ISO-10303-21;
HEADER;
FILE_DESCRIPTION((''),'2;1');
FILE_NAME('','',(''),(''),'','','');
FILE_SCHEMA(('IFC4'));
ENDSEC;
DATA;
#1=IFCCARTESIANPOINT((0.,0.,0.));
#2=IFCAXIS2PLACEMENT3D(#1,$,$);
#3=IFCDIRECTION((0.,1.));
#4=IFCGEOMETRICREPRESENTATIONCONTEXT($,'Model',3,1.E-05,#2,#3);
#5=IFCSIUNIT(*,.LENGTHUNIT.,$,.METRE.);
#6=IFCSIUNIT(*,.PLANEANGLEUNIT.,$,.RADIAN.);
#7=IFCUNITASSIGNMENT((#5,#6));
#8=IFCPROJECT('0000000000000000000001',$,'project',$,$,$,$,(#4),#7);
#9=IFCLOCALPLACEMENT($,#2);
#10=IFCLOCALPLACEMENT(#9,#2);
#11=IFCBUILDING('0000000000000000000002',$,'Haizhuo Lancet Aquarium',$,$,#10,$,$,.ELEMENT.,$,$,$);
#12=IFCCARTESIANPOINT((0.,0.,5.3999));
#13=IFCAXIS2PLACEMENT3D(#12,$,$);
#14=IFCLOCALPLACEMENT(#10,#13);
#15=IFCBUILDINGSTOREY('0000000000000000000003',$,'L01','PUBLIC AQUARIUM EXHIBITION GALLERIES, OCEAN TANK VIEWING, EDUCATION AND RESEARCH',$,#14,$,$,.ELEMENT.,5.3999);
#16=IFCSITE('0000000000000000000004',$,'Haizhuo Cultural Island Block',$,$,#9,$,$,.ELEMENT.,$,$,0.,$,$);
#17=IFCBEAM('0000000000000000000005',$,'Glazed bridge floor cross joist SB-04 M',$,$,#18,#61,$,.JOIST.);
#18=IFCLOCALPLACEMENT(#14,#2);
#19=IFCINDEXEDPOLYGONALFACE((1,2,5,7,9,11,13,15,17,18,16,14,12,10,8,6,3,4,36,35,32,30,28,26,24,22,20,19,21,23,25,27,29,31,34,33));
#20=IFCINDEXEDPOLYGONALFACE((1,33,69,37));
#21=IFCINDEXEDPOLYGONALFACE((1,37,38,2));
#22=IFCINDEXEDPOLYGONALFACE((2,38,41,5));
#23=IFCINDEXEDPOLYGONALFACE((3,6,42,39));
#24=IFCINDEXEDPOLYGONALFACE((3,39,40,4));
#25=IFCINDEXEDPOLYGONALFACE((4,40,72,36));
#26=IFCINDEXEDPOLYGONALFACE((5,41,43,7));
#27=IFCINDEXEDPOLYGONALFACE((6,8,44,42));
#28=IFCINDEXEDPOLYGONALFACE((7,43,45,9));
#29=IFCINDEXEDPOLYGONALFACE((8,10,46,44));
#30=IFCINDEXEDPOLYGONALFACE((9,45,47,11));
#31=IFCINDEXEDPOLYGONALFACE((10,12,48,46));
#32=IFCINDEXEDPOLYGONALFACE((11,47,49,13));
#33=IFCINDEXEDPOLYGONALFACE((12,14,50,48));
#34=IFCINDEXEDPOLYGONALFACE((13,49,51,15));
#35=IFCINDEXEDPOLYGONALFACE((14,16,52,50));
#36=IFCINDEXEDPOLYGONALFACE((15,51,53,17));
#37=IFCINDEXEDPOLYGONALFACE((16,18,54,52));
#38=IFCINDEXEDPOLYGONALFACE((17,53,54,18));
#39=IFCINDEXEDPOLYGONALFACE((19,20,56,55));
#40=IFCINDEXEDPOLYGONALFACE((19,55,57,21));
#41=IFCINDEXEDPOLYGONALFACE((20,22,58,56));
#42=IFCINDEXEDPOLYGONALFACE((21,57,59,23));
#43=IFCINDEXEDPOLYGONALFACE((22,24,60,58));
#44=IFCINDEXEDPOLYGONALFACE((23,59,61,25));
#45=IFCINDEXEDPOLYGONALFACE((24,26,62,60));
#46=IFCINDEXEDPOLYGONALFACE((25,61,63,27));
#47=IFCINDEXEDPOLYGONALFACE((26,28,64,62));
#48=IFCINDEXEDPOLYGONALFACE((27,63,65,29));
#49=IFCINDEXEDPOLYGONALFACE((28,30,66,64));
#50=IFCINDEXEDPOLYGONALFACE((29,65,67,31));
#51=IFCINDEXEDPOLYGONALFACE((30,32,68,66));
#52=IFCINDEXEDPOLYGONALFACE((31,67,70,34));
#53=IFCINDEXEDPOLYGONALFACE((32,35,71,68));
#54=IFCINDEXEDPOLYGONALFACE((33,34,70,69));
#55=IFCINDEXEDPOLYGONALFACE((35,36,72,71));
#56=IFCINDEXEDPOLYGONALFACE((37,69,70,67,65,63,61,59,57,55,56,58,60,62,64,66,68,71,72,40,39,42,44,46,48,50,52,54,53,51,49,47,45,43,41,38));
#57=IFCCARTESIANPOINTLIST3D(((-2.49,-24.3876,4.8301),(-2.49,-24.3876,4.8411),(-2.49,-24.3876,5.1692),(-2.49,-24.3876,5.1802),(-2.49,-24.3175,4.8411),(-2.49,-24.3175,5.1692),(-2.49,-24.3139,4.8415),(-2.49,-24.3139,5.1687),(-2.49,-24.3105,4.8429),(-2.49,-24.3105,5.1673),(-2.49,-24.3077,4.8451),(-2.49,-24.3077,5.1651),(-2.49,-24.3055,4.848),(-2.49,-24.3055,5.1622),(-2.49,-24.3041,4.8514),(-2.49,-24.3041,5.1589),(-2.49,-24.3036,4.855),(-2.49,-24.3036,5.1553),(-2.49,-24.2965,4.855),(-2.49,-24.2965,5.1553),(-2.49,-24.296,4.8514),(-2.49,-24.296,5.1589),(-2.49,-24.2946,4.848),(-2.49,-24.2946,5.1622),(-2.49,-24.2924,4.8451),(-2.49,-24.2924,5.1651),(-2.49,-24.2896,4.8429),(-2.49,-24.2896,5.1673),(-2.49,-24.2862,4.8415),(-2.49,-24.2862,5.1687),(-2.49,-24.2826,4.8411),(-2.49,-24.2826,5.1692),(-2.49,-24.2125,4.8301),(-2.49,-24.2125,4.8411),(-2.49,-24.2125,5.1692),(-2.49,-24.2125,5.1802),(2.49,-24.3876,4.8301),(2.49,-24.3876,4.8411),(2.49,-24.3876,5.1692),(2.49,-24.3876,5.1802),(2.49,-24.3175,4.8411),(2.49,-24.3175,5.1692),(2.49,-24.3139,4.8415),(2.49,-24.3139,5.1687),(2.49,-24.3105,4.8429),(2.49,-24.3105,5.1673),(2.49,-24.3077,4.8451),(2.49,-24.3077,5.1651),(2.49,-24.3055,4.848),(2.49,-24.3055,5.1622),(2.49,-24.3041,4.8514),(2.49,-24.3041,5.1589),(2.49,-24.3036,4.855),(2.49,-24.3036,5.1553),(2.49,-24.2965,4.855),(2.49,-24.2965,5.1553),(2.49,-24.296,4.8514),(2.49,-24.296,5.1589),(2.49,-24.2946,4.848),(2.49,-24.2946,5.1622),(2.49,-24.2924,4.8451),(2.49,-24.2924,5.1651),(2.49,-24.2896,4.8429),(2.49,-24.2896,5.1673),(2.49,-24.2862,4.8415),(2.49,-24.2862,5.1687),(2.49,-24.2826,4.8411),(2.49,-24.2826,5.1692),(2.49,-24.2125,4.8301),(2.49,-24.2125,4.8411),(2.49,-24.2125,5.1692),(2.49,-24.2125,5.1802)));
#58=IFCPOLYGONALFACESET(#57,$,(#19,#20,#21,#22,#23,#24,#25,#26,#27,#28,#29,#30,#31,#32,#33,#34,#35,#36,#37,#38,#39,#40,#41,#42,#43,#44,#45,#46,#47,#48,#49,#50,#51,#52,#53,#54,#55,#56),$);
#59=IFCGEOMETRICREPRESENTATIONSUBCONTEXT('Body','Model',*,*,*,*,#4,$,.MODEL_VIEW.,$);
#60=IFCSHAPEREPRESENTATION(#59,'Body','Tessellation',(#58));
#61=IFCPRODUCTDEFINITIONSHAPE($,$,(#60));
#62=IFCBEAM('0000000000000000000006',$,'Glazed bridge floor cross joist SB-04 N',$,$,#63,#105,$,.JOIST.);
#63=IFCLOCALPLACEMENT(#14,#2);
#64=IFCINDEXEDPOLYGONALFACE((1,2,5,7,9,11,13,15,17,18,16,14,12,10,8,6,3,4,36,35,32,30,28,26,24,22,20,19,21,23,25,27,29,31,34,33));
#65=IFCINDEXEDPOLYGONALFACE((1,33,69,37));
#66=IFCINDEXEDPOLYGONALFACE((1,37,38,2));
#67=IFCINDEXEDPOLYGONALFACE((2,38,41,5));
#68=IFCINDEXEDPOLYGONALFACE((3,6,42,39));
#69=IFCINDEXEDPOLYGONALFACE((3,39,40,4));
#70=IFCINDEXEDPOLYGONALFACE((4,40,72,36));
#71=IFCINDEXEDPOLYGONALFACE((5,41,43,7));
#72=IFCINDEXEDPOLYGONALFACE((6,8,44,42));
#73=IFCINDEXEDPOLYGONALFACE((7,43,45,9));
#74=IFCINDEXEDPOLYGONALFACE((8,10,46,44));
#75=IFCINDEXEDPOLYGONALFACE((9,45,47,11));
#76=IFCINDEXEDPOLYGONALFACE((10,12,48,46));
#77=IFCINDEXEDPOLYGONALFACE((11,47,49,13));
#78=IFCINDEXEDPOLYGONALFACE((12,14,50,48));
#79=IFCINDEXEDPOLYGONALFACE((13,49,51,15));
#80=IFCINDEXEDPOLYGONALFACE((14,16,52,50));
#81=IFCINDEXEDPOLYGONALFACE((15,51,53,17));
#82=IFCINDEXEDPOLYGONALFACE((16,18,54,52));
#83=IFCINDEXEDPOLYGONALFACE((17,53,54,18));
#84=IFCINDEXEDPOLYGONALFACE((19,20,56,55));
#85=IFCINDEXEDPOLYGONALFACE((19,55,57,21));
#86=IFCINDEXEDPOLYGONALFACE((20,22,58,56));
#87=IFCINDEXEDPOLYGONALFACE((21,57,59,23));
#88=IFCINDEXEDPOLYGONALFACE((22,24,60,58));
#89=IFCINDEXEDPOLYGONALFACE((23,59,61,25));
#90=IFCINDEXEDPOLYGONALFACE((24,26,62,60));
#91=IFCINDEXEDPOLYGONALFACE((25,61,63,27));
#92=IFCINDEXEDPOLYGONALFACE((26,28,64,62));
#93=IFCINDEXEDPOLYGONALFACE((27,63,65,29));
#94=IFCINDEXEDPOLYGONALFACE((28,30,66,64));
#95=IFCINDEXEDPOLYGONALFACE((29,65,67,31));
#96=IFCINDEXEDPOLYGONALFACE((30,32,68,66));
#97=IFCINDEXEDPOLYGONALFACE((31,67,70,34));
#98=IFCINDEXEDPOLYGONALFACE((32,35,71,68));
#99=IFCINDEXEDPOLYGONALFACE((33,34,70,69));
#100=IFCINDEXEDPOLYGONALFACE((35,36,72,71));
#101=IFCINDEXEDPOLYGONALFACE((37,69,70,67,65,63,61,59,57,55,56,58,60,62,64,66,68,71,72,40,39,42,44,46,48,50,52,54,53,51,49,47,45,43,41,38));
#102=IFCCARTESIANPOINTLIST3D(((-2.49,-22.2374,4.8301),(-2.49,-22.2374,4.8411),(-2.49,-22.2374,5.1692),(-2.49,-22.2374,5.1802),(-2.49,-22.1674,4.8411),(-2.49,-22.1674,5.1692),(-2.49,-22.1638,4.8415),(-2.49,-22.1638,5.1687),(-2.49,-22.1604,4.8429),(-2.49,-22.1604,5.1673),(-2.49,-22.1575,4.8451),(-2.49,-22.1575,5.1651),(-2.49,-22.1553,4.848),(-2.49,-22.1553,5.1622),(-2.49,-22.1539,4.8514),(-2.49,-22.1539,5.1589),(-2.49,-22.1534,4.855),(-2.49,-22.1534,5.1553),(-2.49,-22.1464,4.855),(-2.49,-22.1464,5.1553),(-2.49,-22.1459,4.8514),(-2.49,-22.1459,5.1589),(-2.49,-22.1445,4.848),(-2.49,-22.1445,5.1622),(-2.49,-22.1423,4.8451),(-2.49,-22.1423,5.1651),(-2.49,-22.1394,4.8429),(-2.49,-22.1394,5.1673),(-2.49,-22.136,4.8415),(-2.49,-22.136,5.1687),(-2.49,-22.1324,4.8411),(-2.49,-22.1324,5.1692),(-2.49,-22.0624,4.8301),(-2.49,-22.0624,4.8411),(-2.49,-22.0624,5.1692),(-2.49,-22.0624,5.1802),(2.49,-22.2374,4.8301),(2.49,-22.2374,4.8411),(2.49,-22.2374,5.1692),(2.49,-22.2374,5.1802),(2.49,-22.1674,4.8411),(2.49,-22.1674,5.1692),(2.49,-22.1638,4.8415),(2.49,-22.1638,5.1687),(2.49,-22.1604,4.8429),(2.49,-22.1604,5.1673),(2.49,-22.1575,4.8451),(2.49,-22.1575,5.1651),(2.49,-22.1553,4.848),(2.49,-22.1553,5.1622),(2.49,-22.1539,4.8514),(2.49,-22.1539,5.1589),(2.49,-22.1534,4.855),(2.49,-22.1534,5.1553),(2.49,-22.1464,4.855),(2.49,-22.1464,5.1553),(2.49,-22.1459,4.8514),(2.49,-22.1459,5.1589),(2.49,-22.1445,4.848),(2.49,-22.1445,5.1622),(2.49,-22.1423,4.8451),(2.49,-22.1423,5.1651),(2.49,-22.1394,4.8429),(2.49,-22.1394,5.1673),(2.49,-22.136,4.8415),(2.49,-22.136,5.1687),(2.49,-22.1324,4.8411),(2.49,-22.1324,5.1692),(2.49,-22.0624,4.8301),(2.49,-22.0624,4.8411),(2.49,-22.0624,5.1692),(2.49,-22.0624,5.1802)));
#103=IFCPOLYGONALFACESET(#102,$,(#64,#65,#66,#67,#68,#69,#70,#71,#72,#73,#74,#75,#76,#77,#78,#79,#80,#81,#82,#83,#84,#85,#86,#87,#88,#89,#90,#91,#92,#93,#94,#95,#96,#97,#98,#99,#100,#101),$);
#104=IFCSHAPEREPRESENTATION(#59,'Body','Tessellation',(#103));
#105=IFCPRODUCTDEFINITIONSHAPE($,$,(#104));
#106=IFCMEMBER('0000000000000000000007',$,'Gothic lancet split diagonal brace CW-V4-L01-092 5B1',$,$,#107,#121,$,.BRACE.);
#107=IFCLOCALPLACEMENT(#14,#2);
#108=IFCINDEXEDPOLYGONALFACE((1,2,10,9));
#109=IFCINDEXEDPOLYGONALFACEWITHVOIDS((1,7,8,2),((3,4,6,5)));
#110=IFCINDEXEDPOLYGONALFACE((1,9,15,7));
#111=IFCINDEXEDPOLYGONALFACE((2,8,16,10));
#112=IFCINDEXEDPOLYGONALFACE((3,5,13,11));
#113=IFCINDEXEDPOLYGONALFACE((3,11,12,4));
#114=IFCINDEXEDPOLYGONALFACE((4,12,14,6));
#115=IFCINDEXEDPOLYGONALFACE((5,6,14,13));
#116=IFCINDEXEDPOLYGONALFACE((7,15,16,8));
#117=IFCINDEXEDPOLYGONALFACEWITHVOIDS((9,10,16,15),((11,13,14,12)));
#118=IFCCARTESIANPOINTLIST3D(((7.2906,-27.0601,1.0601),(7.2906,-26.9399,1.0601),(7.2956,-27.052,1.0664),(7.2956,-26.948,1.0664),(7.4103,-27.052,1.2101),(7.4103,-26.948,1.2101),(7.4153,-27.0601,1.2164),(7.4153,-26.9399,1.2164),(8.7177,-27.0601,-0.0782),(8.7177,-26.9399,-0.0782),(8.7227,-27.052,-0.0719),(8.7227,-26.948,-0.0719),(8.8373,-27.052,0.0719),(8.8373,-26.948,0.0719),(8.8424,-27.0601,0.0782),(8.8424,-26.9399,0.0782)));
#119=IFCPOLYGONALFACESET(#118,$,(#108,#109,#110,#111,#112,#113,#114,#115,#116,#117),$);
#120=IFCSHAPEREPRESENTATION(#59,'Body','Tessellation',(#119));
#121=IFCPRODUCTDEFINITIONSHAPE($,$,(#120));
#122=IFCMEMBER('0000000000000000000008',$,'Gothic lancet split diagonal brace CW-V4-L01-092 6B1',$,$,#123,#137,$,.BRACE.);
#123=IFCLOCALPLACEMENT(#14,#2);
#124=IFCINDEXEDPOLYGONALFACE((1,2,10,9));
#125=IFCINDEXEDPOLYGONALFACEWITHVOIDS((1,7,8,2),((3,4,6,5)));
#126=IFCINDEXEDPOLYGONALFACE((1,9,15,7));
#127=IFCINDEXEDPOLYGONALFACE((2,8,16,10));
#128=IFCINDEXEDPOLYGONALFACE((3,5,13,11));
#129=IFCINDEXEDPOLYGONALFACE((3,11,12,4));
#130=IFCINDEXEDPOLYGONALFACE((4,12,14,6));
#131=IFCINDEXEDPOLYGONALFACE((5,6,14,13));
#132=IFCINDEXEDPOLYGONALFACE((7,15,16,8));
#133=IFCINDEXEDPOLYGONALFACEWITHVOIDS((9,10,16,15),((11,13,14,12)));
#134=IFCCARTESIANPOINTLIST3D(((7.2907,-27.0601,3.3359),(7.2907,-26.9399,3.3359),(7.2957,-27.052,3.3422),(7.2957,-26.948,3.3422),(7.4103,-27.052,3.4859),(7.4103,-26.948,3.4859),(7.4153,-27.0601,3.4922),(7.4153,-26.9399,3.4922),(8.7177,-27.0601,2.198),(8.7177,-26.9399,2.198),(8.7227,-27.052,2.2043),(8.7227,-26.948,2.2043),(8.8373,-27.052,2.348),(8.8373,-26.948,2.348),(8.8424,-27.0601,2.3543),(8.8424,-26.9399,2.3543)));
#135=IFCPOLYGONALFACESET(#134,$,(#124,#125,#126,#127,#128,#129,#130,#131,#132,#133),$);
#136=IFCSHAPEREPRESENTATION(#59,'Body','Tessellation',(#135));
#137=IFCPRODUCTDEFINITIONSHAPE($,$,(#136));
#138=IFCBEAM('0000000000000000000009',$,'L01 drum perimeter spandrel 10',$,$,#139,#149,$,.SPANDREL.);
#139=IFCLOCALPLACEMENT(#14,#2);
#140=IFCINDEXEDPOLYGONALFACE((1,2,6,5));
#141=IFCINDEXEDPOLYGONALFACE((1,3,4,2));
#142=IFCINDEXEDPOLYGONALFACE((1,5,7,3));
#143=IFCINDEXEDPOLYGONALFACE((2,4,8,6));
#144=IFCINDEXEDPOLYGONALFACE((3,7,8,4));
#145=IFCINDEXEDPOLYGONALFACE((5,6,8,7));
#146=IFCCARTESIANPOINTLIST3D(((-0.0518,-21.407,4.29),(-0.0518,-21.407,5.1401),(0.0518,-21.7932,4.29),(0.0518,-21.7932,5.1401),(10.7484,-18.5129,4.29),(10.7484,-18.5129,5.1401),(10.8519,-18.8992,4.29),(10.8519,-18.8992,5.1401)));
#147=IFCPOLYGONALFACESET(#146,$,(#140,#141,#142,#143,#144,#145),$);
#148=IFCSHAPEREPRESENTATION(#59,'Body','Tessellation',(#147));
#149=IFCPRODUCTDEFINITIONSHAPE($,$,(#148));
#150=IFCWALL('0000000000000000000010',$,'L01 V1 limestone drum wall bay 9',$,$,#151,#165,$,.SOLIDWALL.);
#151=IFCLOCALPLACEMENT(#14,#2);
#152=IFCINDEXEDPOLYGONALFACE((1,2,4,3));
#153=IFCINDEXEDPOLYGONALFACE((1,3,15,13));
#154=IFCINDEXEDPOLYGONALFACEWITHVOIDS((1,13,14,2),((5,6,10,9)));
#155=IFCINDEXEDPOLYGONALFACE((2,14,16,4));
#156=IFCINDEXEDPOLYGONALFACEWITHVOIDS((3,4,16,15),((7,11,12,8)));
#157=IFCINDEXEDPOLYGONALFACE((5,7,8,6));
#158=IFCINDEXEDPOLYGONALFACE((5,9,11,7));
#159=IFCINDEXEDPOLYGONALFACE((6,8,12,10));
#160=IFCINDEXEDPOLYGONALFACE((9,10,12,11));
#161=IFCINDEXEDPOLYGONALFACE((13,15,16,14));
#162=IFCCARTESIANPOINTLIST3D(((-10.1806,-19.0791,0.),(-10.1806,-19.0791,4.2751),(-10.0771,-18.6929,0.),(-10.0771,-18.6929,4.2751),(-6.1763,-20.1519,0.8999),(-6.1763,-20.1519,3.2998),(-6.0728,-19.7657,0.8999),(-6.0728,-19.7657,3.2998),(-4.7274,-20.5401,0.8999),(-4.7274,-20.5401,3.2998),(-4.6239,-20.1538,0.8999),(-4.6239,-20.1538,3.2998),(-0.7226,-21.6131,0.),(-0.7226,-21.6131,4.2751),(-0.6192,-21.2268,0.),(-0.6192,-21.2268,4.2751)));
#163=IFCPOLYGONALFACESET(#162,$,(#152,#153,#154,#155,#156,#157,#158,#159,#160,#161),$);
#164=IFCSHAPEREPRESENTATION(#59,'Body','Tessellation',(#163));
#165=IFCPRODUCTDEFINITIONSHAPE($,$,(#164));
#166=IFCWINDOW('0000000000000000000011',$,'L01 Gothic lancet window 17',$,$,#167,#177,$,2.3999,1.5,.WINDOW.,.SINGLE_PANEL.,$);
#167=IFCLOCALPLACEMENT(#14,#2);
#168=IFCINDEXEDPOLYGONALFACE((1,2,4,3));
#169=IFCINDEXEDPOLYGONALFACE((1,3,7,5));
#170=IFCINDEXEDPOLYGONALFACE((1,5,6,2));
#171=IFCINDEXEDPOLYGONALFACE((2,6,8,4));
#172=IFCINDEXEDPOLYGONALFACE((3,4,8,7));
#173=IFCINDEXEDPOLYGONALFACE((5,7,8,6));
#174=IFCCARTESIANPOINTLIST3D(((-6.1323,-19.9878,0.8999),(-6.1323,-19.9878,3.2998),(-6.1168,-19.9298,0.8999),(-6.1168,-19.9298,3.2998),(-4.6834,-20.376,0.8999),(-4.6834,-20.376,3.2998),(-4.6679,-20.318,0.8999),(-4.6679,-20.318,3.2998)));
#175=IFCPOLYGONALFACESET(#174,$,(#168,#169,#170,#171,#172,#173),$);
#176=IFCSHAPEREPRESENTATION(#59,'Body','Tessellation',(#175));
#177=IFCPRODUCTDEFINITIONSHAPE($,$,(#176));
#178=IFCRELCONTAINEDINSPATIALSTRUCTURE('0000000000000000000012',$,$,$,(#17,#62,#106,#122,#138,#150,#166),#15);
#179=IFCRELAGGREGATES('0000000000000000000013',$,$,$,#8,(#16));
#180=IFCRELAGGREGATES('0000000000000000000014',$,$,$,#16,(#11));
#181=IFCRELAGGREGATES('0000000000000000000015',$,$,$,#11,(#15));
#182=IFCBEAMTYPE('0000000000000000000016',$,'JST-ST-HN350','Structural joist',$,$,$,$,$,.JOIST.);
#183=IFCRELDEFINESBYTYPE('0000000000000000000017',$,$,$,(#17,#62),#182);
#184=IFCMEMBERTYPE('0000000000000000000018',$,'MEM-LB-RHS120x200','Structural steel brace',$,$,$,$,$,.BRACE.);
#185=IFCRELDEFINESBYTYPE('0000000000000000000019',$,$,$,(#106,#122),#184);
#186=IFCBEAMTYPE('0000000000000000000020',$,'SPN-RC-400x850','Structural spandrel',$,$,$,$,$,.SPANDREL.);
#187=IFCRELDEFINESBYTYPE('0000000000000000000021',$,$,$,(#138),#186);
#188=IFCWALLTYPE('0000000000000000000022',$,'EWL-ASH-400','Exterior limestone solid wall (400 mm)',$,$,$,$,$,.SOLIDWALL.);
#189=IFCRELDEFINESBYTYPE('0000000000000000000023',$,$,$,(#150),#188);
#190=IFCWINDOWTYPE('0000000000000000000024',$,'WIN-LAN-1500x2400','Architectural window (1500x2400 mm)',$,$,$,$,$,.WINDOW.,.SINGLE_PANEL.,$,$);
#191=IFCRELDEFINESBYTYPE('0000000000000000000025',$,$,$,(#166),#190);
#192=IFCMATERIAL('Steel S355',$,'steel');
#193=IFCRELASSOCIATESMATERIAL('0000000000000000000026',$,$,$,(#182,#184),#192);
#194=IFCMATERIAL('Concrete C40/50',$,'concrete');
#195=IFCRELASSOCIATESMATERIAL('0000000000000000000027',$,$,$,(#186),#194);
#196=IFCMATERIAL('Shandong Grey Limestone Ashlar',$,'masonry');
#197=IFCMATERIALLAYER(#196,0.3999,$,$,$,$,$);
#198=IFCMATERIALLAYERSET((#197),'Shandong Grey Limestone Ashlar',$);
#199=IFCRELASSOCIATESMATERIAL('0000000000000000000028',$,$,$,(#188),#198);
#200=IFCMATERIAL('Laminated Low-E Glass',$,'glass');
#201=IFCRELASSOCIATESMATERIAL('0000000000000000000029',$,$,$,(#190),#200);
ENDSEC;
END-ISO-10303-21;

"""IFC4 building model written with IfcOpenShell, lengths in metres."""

from ifc_helpers import new_model, si_unit, direction, frame, frame_2d, origin, origin_2d, place, context, subcontext, project, spatial, rectangle, hollow_rectangle, i_section, extrude, material, layer, layer_set, material_profile, profile_set, type_object, element, fill, save


model = new_model("IFC4")

# Units and contexts
model_context = context("Model", 3, precision=1e-05, world=origin(), true_north=direction((0.0, 1.0)))
body_context = subcontext(model_context, "Body", "Model", "MODEL_VIEW")
ifc_project = project(units=[si_unit("LENGTHUNIT", "METRE"), si_unit("PLANEANGLEUNIT", "RADIAN")], contexts=[model_context])

# Site, building, storey
site_placement = place(None, origin())
site = spatial("IfcSite", under=ifc_project, at=site_placement, Name="Haizhuo Cultural Island Block", CompositionType="ELEMENT", RefElevation=0.0)
building_placement = place(site_placement, origin())
building = spatial("IfcBuilding", under=site, at=building_placement, Name="Haizhuo Lancet Aquarium", CompositionType="ELEMENT")
storey_placement = place(building_placement, frame((0.0, 0.0, 5.3999)))
storey = spatial("IfcBuildingStorey", under=building, at=storey_placement, Name="L01", Description="PUBLIC AQUARIUM EXHIBITION GALLERIES, OCEAN TANK VIEWING, EDUCATION AND RESEARCH", CompositionType="ELEMENT", Elevation=5.3999)

# Shared definitions
ifc_material_1 = material(Name="Steel S355", Category="steel")

# Shared definitions
ifc_material_2 = material(Name="Concrete C40/50", Category="concrete")

# Beams
ifc_material_profile_1 = material_profile(ifc_material_1, i_section(OverallWidth=0.175, OverallDepth=0.3501, WebThickness=0.0071, FlangeThickness=0.011, FilletRadius=0.0139, at=origin_2d()), Name="HN 350x175x7x11")
ifc_profile_set_1 = profile_set([ifc_material_profile_1], Name="Steel S355")
beam_type_1 = type_object("IfcBeamType", Name="JST-ST-HN350", Description="Structural joist", PredefinedType="JOIST", material=ifc_profile_set_1)
for number, where, z_axis, x_axis, name in (
    (1, (-2.49, -24.3, 5.0051), (1.0, 0.0, 0.0), (0.0, 1.0, 0.0), "Glazed bridge floor cross joist SB-04 M"),
    (2, (-2.49, -22.1499, 5.0051), (1.0, 0.0, 0.0), (0.0, 1.0, 0.0), "Glazed bridge floor cross joist SB-04 N"),
):
    element("IfcBeam", number, at=place(storey_placement, frame(where, z_axis=z_axis, x_axis=x_axis)), inside=storey, type_object=beam_type_1, Name=name, PredefinedType="JOIST", context=body_context, shape_type="SweptSolid", body=[
        extrude(i_section(OverallWidth=0.175, OverallDepth=0.3501, WebThickness=0.0071, FlangeThickness=0.011, FilletRadius=0.0139, at=origin_2d()), origin(), (0.0, 0.0, 1.0), 4.98),
    ])

# Members
ifc_material_profile_2 = material_profile(ifc_material_1, hollow_rectangle(XDim=0.1201, YDim=0.2, WallThickness=0.0081, at=origin_2d()), Name="RHS 120x200x8")
ifc_profile_set_2 = profile_set([ifc_material_profile_2], Name="Steel S355")
member_type_1 = type_object("IfcMemberType", Name="MEM-LB-RHS120x200", Description="Structural steel brace", PredefinedType="BRACE", material=ifc_profile_set_2)
member_1_placement = place(storey_placement, frame((8.78, -27.0, 0.0), z_axis=(-0.781781, 0.0, 0.623553), x_axis=(0.0, -1.0, 0.0)))
element("IfcMember", 3, at=member_1_placement, inside=storey, type_object=member_type_1, Name="Gothic lancet split diagonal brace CW-V4-L01-092 5B1", PredefinedType="BRACE", context=body_context, shape_type="SweptSolid", body=[
    extrude(hollow_rectangle(XDim=0.1201, YDim=0.2, WallThickness=0.0081, at=origin_2d()), origin(), (0.0, 0.0, 1.0), 1.8254),
])
member_2_placement = place(storey_placement, frame((8.78, -27.0, 2.2761), z_axis=(-0.781847, 0.0, 0.623471), x_axis=(0.0, -1.0, 0.0)))
element("IfcMember", 4, at=member_2_placement, inside=storey, type_object=member_type_1, Name="Gothic lancet split diagonal brace CW-V4-L01-092 6B1", PredefinedType="BRACE", context=body_context, shape_type="SweptSolid", body=[
    extrude(hollow_rectangle(XDim=0.1201, YDim=0.2, WallThickness=0.0081, at=origin_2d()), origin(), (0.0, 0.0, 1.0), 1.8252),
])

# Beam
ifc_material_profile_3 = material_profile(ifc_material_2, rectangle(XDim=0.3999, YDim=0.8501, at=origin_2d()), Name="RC-SP 400x850")
ifc_profile_set_3 = profile_set([ifc_material_profile_3], Name="Concrete C40/50")
beam_type_2 = type_object("IfcBeamType", Name="SPN-RC-400x850", Description="Structural spandrel", PredefinedType="SPANDREL", material=ifc_profile_set_3)
beam_1_placement = place(storey_placement, frame((0.0, -21.6001, 4.7151), z_axis=(0.965922, 0.258834, 0.0), x_axis=(-0.258834, 0.965922, 0.0)))
element("IfcBeam", 5, at=beam_1_placement, inside=storey, type_object=beam_type_2, Name="L01 drum perimeter spandrel 10", PredefinedType="SPANDREL", context=body_context, shape_type="SweptSolid", body=[
    extrude(rectangle(XDim=0.3999, YDim=0.8501, at=origin_2d()), origin(), (0.0, 0.0, 1.0), 11.1812),
])

# Wall, opening, window
ifc_material_3 = material(Name="Shandong Grey Limestone Ashlar", Category="masonry")
ifc_layer_1 = layer(ifc_material_3, 0.3999)
ifc_layer_set_1 = layer_set([ifc_layer_1], Name="Shandong Grey Limestone Ashlar")
wall_type_1 = type_object("IfcWallType", Name="EWL-ASH-400", Description="Exterior limestone solid wall (400 mm)", PredefinedType="SOLIDWALL", material=ifc_layer_set_1)
wall_1_placement = place(storey_placement, frame((-0.6709, -21.4199, 0.0), z_axis=(0.0, 0.0, 1.0), x_axis=(-0.965934, 0.258788, 0.0)))
wall_1 = element("IfcWall", 6, at=wall_1_placement, inside=storey, type_object=wall_type_1, Name="L01 V1 limestone drum wall bay 9", PredefinedType="SOLIDWALL", context=body_context, shape_type="SweptSolid", body=[
    extrude(rectangle(XDim=9.7915, YDim=0.3999, at=frame_2d((4.8958, 0.0))), origin(), (0.0, 0.0, 1.0), 4.2751),
])
opening_placement = place(wall_1_placement, frame((4.146, 0.0, 0.8999)))
opening = element("IfcOpeningElement", 7, at=opening_placement, cuts=wall_1, PredefinedType="OPENING", context=body_context, shape_type="SweptSolid", body=[
    extrude(rectangle(XDim=1.5, YDim=2.3999, at=frame_2d((0.75, 1.2))), frame((0.0, 0.21, 0.0), z_axis=(0.0, -1.0, 0.0), x_axis=(1.0, 0.0, 0.0)), (0.0, 0.0, 1.0), 0.4199),
])
ifc_material_4 = material(Name="Laminated Low-E Glass", Category="glass")
window_type = type_object("IfcWindowType", Name="WIN-LAN-1500x2400", Description="Architectural window (1500x2400 mm)", PartitioningType="SINGLE_PANEL", PredefinedType="WINDOW", material=ifc_material_4)
window_placement = place(opening_placement, origin())
window = element("IfcWindow", 8, at=window_placement, inside=storey, type_object=window_type, Name="L01 Gothic lancet window 17", OverallHeight=2.3999, OverallWidth=1.5, PartitioningType="SINGLE_PANEL", PredefinedType="WINDOW", context=body_context, shape_type="SweptSolid", body=[
    extrude(rectangle(XDim=1.5, YDim=2.3999, at=frame_2d((0.75, 1.2))), frame((0.0, 0.03, 0.0), z_axis=(0.0, -1.0, 0.0), x_axis=(1.0, 0.0, 0.0)), (0.0, 0.0, 1.0), 0.0601),
])
fill(opening, window)

save(model, "model.ifc")
